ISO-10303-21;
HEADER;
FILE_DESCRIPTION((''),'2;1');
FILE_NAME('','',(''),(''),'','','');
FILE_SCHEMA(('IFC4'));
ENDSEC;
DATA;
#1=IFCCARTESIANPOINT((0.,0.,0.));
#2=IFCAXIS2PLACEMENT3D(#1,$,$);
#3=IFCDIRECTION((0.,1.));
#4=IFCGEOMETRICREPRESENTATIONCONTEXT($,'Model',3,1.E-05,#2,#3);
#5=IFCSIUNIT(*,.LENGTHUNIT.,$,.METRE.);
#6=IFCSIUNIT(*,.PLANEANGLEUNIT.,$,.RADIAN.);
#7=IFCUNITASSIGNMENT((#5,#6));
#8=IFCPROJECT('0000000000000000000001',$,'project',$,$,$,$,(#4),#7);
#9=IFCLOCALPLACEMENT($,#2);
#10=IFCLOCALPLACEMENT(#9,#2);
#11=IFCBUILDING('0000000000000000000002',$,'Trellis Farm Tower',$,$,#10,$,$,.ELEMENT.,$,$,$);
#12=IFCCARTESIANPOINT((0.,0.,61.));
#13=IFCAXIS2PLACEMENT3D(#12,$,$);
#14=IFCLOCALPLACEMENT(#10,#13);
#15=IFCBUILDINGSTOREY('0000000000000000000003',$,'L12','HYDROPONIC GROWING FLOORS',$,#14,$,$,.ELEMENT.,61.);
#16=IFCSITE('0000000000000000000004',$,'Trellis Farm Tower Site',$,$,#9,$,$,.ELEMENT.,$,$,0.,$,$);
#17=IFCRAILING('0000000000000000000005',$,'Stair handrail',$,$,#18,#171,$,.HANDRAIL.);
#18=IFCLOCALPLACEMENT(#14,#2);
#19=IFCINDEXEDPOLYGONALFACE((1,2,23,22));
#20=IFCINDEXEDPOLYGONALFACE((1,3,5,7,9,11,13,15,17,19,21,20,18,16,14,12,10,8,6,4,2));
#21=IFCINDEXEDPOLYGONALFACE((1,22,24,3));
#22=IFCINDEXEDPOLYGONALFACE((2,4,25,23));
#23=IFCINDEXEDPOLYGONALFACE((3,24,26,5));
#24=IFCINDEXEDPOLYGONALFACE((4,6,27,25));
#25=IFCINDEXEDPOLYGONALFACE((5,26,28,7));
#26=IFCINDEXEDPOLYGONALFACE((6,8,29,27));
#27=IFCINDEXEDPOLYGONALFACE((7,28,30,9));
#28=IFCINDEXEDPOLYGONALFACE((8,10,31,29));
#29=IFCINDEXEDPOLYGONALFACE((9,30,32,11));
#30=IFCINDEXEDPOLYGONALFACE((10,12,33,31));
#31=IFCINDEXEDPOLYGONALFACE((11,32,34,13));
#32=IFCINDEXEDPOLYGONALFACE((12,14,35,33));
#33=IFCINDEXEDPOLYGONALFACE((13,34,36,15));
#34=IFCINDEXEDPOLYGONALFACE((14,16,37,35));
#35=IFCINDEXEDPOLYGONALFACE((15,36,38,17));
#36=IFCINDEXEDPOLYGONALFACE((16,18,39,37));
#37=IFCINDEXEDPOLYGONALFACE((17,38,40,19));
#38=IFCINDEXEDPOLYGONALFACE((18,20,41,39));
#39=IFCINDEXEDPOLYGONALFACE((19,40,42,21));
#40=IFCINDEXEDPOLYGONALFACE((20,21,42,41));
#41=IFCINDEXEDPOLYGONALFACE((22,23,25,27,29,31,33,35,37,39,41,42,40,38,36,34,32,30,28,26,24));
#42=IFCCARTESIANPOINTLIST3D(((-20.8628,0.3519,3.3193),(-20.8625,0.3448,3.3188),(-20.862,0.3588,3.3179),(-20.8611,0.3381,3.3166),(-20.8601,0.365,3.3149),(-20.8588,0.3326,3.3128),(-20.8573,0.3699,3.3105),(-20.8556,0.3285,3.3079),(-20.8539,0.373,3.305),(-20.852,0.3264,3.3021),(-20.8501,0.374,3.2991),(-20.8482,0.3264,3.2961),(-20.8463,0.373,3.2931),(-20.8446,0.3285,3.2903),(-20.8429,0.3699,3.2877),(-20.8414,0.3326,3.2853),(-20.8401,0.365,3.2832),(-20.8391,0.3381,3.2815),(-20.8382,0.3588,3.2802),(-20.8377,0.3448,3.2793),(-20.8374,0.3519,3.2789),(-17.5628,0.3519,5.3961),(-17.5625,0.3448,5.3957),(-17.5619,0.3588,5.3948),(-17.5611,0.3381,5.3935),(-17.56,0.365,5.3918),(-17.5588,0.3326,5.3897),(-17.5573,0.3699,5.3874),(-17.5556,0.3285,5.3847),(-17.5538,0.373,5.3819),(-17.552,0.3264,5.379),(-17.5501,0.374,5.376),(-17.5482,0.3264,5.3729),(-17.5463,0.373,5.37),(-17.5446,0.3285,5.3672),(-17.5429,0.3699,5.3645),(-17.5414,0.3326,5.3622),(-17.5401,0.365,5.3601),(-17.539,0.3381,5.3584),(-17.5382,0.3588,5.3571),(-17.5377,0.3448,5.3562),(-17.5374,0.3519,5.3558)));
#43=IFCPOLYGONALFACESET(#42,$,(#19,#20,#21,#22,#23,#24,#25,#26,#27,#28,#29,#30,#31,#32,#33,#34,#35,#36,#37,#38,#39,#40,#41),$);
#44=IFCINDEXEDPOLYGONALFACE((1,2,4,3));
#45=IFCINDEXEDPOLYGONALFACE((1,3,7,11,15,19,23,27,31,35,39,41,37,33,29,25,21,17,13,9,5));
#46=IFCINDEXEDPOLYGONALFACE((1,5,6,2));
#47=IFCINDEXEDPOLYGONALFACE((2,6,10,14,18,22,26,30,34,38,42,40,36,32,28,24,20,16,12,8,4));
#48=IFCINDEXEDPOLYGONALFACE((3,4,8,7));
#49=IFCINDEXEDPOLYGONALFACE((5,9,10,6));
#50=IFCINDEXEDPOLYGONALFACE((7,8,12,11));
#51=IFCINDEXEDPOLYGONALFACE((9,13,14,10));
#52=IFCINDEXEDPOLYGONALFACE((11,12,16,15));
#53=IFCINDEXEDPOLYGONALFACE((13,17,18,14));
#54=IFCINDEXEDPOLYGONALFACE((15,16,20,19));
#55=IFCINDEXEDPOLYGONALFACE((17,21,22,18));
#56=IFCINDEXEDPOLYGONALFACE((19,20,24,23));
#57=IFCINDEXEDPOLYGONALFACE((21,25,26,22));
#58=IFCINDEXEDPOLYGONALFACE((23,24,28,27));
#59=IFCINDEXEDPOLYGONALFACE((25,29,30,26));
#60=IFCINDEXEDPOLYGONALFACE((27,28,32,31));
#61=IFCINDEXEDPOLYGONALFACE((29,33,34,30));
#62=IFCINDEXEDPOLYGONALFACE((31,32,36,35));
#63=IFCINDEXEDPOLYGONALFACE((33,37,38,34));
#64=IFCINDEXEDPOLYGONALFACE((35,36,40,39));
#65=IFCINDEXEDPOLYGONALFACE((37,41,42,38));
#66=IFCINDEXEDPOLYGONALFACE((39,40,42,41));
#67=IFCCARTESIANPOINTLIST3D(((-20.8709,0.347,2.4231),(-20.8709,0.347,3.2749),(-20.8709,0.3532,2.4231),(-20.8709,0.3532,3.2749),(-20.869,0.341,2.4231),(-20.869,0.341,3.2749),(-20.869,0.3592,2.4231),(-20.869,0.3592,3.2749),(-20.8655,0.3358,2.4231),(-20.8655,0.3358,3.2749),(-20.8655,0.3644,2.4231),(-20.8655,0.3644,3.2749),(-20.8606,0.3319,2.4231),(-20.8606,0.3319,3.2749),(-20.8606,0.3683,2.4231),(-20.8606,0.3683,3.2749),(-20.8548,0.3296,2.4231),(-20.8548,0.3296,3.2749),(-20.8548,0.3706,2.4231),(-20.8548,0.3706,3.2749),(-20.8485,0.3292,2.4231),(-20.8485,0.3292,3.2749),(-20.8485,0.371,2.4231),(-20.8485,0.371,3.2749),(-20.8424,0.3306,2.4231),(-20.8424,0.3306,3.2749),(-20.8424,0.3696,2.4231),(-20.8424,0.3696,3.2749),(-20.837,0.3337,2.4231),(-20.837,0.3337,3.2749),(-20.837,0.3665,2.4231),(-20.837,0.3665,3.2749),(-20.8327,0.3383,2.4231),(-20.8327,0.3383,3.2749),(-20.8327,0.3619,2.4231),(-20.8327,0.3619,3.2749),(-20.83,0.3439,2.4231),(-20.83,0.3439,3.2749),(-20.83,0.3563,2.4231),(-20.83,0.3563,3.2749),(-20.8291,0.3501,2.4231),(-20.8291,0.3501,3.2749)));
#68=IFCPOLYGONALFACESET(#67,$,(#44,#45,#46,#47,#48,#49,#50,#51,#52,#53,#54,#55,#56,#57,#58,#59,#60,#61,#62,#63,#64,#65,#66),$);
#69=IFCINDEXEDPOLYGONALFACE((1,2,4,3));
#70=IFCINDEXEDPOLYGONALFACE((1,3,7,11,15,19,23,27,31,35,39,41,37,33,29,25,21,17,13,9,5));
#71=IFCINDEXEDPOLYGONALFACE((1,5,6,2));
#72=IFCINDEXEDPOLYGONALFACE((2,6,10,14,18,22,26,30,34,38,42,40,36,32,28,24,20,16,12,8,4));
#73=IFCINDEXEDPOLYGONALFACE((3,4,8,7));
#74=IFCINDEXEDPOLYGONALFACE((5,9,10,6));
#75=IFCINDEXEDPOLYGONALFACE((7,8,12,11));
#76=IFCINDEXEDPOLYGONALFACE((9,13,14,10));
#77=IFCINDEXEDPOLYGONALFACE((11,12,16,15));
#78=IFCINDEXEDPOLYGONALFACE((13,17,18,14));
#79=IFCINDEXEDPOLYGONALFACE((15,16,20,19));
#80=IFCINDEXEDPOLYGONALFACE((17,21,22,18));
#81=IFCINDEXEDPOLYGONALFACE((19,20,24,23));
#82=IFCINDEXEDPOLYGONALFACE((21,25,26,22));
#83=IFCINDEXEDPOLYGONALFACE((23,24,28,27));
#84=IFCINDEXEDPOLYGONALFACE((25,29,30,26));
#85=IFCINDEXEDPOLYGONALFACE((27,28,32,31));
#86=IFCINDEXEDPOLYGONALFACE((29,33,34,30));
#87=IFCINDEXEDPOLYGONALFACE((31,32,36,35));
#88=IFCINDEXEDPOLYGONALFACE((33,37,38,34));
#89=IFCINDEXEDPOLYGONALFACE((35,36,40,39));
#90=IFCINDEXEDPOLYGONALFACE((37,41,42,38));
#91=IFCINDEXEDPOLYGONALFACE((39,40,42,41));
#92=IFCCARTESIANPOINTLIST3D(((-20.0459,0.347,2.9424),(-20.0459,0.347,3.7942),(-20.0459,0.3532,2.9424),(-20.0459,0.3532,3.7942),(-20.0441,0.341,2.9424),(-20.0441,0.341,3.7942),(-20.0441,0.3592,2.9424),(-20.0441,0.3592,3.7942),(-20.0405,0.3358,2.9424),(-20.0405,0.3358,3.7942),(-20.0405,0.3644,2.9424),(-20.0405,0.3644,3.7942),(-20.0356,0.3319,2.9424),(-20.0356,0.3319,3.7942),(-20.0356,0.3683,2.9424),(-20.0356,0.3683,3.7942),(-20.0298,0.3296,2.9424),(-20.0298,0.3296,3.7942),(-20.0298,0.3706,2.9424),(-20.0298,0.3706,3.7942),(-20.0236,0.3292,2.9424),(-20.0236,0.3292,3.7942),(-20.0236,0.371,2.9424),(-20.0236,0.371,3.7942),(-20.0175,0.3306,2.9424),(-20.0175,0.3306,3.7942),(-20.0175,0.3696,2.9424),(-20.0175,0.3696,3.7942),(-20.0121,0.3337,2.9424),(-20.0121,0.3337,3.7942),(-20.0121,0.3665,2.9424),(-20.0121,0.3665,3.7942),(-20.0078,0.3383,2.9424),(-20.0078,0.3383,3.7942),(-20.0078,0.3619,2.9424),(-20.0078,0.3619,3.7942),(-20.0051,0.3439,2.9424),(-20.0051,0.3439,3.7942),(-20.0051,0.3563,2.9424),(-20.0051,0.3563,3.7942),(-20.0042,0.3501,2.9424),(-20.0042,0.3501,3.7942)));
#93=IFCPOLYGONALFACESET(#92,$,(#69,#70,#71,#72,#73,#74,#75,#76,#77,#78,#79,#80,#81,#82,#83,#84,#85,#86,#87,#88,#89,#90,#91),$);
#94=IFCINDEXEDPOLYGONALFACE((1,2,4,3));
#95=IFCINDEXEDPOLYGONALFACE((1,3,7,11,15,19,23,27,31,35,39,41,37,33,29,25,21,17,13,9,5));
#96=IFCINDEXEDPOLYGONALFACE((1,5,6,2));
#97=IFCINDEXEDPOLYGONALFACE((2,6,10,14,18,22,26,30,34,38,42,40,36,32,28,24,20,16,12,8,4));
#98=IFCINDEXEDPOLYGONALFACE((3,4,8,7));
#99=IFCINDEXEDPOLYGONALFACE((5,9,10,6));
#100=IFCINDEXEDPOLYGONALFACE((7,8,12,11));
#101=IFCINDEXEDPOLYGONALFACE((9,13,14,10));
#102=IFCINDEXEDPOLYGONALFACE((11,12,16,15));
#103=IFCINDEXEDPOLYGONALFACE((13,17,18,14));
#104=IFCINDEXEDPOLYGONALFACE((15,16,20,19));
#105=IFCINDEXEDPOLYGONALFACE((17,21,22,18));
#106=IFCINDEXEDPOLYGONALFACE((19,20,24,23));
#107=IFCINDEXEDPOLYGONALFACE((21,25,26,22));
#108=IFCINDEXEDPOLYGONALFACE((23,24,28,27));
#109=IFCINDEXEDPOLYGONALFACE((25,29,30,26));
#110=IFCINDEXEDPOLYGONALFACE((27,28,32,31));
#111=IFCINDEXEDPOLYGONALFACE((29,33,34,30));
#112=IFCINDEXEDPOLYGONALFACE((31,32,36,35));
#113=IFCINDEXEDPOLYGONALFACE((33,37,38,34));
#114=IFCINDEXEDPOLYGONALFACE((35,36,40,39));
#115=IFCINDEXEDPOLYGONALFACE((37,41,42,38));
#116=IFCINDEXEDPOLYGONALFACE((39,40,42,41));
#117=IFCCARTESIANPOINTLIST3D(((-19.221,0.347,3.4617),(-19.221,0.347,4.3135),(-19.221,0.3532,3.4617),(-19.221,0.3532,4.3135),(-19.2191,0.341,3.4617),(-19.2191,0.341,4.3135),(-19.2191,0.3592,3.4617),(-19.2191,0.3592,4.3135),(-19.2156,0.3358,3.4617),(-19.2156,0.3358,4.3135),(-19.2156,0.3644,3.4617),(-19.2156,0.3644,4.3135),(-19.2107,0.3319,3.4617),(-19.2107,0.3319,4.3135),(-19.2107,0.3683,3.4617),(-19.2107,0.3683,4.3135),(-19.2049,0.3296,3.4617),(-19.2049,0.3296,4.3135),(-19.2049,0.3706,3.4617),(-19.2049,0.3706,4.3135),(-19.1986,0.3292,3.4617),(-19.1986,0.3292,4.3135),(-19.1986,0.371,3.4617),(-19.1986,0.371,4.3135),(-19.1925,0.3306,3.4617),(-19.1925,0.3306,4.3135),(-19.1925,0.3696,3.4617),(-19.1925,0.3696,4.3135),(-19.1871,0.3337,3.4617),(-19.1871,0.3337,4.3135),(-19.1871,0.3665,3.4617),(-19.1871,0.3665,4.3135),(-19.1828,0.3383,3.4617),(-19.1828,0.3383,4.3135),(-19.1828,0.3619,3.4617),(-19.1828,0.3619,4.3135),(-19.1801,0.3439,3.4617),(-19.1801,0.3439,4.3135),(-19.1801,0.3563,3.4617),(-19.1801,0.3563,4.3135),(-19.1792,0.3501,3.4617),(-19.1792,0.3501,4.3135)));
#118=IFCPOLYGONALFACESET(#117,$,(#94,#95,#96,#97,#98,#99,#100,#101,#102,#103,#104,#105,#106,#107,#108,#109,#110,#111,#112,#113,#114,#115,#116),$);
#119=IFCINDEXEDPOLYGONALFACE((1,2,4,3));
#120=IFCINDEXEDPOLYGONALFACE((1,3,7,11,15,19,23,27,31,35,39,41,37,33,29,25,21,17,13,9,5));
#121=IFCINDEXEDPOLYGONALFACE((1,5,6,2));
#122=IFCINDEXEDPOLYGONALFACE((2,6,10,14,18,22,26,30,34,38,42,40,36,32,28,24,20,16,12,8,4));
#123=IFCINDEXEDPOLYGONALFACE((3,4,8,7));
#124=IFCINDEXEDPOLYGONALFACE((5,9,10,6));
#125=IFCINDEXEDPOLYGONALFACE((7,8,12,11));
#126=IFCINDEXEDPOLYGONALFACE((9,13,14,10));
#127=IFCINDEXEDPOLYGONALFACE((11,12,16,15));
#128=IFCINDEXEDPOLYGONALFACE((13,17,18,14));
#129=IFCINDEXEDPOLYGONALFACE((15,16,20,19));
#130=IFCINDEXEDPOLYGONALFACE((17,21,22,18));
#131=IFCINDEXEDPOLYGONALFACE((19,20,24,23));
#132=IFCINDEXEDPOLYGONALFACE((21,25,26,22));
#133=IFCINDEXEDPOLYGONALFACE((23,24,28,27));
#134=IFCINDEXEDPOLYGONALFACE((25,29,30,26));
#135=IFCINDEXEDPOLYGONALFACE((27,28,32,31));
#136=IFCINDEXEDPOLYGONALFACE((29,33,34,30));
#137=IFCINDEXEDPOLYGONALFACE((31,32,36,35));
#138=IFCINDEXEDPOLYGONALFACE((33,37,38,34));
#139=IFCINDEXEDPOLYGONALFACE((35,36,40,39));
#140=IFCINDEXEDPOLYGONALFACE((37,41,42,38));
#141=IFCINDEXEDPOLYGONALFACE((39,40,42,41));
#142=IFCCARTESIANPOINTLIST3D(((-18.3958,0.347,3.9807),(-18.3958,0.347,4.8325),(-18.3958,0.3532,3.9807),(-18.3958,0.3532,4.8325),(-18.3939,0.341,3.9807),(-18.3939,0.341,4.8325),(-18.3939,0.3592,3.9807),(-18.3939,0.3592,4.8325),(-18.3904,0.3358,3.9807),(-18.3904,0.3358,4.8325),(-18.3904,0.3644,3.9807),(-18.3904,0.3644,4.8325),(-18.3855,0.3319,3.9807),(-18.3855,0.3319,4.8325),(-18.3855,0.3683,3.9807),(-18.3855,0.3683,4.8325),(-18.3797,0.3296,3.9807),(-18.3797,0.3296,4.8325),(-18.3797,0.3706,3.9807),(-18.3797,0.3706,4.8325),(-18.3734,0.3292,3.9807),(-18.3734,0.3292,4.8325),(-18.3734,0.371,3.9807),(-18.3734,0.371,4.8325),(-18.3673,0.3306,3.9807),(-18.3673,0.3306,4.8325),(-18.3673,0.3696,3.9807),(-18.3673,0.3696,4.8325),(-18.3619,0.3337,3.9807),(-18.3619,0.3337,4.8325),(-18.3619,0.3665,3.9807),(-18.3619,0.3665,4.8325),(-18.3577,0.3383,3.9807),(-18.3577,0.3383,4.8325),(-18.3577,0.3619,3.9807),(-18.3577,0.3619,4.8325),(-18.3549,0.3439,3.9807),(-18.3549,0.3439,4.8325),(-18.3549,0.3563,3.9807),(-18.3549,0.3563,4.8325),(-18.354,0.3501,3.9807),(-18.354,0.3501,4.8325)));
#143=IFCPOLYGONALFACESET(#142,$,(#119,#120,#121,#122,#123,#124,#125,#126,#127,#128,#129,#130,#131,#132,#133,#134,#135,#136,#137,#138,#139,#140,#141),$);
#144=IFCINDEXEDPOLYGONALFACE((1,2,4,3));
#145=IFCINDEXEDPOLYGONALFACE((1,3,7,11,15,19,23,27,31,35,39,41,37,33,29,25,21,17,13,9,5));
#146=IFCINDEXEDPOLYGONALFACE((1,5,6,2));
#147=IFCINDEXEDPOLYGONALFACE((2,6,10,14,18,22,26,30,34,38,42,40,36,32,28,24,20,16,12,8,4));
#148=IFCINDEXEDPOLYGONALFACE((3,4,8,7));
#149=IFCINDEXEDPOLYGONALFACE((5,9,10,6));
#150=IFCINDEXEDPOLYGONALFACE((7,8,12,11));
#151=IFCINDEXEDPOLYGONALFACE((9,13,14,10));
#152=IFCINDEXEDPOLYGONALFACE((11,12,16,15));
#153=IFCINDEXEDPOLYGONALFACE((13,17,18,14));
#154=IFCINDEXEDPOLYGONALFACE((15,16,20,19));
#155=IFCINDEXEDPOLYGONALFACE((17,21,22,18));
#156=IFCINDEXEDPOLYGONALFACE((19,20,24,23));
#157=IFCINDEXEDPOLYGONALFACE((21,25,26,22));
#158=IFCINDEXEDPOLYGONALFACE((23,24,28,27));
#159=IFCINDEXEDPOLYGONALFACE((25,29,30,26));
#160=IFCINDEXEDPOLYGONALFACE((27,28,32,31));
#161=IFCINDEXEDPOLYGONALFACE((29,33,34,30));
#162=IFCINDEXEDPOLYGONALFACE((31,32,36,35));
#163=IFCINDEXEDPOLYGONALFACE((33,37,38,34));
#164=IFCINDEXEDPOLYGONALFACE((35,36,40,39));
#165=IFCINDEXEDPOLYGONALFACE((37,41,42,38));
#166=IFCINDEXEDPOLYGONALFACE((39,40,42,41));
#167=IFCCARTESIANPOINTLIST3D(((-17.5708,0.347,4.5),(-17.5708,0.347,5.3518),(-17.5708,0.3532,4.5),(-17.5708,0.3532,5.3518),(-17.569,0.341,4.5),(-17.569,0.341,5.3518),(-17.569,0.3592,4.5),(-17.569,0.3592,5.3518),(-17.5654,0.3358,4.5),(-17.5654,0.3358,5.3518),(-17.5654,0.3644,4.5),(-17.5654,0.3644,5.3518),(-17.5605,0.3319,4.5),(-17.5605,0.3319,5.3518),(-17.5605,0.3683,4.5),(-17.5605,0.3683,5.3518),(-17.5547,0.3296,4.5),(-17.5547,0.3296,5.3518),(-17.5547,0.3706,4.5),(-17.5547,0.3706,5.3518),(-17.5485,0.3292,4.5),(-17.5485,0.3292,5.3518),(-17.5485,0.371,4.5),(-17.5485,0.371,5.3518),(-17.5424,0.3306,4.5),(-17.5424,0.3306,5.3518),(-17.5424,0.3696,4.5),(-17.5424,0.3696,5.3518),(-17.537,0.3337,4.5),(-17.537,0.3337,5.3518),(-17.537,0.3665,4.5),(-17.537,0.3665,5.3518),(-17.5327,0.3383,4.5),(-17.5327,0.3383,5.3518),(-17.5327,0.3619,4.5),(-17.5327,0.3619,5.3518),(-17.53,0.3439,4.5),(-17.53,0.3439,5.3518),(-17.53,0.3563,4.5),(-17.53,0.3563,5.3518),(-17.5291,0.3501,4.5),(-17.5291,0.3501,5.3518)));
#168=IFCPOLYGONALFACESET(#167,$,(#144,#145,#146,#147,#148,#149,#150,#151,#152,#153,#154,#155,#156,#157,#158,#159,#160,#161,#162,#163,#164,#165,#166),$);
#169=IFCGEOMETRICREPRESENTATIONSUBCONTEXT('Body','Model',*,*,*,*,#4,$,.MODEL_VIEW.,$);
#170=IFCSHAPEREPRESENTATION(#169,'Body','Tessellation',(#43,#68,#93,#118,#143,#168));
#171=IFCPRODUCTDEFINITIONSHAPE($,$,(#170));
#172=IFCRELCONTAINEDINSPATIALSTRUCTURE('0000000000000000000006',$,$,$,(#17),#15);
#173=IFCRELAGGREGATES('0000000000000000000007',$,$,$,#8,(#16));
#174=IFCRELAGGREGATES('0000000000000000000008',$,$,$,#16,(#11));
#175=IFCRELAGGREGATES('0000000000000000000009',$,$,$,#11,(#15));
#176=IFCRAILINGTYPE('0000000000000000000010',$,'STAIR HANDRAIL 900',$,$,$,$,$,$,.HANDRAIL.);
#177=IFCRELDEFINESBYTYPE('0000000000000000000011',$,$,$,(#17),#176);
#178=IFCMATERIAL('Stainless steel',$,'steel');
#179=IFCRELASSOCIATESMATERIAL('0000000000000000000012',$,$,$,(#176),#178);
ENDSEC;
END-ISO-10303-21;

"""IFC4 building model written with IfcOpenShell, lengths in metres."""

from ifc_helpers import new_model, si_unit, direction, frame, origin, origin_2d, place, context, subcontext, project, spatial, circle, extrude, source, transform, mapped, material, type_object, element, save


model = new_model("IFC4")

# Units and contexts
model_context = context("Model", 3, precision=1e-05, world=origin(), true_north=direction((0.0, 1.0)))
body_context = subcontext(model_context, "Body", "Model", "MODEL_VIEW")
ifc_project = project(units=[si_unit("LENGTHUNIT", "METRE"), si_unit("PLANEANGLEUNIT", "RADIAN")], contexts=[model_context])

# Site, building, storey
site_placement = place(None, origin())
site = spatial("IfcSite", under=ifc_project, at=site_placement, Name="Trellis Farm Tower Site", CompositionType="ELEMENT", RefElevation=0.0)
building_placement = place(site_placement, origin())
building = spatial("IfcBuilding", under=site, at=building_placement, Name="Trellis Farm Tower", CompositionType="ELEMENT")
storey_placement = place(building_placement, frame((0.0, 0.0, 61.0)))
storey = spatial("IfcBuildingStorey", under=building, at=storey_placement, Name="L12", Description="HYDROPONIC GROWING FLOORS", CompositionType="ELEMENT", Elevation=61.0)

# Railing
ifc_material_1 = material(Name="Stainless steel", Category="steel")
railing_type = type_object("IfcRailingType", Name="STAIR HANDRAIL 900", PredefinedType="HANDRAIL", material=ifc_material_1)
shared_shape_1 = source(origin(), body_context, "Body", "SweptSolid", [
    extrude(circle(Radius=0.0239, at=origin_2d()), frame((0.0, 0.0, 0.876), z_axis=(0.846337, 0.0, 0.532647), x_axis=(0.0, 1.0, 0.0)), (0.0, 0.0, 1.0), 3.8992),
    extrude(circle(Radius=0.021, at=origin_2d()), origin(), (0.0, 0.0, 1.0), 0.8518),
    extrude(circle(Radius=0.021, at=origin_2d()), frame((0.825, 0.0, 0.5193)), (0.0, 0.0, 1.0), 0.8518),
    extrude(circle(Radius=0.021, at=origin_2d()), frame((1.6499, 0.0, 1.0386)), (0.0, 0.0, 1.0), 0.8518),
    extrude(circle(Radius=0.021, at=origin_2d()), frame((2.4751, 0.0, 1.5576)), (0.0, 0.0, 1.0), 0.8518),
    extrude(circle(Radius=0.021, at=origin_2d()), frame((3.3, 0.0, 2.0769)), (0.0, 0.0, 1.0), 0.8518),
])
for number, where, name in (
    (1, (-20.8501, 0.3501, 2.4231), "Stair handrail"),
):
    element("IfcRailing", number, at=place(storey_placement, frame(where)), inside=storey, type_object=railing_type, Name=name, PredefinedType="HANDRAIL", context=body_context, shape_type="MappedRepresentation", body=[
        mapped(shared_shape_1, transform((0.0, 0.0, 0.0))),
    ])

save(model, "model.ifc")
